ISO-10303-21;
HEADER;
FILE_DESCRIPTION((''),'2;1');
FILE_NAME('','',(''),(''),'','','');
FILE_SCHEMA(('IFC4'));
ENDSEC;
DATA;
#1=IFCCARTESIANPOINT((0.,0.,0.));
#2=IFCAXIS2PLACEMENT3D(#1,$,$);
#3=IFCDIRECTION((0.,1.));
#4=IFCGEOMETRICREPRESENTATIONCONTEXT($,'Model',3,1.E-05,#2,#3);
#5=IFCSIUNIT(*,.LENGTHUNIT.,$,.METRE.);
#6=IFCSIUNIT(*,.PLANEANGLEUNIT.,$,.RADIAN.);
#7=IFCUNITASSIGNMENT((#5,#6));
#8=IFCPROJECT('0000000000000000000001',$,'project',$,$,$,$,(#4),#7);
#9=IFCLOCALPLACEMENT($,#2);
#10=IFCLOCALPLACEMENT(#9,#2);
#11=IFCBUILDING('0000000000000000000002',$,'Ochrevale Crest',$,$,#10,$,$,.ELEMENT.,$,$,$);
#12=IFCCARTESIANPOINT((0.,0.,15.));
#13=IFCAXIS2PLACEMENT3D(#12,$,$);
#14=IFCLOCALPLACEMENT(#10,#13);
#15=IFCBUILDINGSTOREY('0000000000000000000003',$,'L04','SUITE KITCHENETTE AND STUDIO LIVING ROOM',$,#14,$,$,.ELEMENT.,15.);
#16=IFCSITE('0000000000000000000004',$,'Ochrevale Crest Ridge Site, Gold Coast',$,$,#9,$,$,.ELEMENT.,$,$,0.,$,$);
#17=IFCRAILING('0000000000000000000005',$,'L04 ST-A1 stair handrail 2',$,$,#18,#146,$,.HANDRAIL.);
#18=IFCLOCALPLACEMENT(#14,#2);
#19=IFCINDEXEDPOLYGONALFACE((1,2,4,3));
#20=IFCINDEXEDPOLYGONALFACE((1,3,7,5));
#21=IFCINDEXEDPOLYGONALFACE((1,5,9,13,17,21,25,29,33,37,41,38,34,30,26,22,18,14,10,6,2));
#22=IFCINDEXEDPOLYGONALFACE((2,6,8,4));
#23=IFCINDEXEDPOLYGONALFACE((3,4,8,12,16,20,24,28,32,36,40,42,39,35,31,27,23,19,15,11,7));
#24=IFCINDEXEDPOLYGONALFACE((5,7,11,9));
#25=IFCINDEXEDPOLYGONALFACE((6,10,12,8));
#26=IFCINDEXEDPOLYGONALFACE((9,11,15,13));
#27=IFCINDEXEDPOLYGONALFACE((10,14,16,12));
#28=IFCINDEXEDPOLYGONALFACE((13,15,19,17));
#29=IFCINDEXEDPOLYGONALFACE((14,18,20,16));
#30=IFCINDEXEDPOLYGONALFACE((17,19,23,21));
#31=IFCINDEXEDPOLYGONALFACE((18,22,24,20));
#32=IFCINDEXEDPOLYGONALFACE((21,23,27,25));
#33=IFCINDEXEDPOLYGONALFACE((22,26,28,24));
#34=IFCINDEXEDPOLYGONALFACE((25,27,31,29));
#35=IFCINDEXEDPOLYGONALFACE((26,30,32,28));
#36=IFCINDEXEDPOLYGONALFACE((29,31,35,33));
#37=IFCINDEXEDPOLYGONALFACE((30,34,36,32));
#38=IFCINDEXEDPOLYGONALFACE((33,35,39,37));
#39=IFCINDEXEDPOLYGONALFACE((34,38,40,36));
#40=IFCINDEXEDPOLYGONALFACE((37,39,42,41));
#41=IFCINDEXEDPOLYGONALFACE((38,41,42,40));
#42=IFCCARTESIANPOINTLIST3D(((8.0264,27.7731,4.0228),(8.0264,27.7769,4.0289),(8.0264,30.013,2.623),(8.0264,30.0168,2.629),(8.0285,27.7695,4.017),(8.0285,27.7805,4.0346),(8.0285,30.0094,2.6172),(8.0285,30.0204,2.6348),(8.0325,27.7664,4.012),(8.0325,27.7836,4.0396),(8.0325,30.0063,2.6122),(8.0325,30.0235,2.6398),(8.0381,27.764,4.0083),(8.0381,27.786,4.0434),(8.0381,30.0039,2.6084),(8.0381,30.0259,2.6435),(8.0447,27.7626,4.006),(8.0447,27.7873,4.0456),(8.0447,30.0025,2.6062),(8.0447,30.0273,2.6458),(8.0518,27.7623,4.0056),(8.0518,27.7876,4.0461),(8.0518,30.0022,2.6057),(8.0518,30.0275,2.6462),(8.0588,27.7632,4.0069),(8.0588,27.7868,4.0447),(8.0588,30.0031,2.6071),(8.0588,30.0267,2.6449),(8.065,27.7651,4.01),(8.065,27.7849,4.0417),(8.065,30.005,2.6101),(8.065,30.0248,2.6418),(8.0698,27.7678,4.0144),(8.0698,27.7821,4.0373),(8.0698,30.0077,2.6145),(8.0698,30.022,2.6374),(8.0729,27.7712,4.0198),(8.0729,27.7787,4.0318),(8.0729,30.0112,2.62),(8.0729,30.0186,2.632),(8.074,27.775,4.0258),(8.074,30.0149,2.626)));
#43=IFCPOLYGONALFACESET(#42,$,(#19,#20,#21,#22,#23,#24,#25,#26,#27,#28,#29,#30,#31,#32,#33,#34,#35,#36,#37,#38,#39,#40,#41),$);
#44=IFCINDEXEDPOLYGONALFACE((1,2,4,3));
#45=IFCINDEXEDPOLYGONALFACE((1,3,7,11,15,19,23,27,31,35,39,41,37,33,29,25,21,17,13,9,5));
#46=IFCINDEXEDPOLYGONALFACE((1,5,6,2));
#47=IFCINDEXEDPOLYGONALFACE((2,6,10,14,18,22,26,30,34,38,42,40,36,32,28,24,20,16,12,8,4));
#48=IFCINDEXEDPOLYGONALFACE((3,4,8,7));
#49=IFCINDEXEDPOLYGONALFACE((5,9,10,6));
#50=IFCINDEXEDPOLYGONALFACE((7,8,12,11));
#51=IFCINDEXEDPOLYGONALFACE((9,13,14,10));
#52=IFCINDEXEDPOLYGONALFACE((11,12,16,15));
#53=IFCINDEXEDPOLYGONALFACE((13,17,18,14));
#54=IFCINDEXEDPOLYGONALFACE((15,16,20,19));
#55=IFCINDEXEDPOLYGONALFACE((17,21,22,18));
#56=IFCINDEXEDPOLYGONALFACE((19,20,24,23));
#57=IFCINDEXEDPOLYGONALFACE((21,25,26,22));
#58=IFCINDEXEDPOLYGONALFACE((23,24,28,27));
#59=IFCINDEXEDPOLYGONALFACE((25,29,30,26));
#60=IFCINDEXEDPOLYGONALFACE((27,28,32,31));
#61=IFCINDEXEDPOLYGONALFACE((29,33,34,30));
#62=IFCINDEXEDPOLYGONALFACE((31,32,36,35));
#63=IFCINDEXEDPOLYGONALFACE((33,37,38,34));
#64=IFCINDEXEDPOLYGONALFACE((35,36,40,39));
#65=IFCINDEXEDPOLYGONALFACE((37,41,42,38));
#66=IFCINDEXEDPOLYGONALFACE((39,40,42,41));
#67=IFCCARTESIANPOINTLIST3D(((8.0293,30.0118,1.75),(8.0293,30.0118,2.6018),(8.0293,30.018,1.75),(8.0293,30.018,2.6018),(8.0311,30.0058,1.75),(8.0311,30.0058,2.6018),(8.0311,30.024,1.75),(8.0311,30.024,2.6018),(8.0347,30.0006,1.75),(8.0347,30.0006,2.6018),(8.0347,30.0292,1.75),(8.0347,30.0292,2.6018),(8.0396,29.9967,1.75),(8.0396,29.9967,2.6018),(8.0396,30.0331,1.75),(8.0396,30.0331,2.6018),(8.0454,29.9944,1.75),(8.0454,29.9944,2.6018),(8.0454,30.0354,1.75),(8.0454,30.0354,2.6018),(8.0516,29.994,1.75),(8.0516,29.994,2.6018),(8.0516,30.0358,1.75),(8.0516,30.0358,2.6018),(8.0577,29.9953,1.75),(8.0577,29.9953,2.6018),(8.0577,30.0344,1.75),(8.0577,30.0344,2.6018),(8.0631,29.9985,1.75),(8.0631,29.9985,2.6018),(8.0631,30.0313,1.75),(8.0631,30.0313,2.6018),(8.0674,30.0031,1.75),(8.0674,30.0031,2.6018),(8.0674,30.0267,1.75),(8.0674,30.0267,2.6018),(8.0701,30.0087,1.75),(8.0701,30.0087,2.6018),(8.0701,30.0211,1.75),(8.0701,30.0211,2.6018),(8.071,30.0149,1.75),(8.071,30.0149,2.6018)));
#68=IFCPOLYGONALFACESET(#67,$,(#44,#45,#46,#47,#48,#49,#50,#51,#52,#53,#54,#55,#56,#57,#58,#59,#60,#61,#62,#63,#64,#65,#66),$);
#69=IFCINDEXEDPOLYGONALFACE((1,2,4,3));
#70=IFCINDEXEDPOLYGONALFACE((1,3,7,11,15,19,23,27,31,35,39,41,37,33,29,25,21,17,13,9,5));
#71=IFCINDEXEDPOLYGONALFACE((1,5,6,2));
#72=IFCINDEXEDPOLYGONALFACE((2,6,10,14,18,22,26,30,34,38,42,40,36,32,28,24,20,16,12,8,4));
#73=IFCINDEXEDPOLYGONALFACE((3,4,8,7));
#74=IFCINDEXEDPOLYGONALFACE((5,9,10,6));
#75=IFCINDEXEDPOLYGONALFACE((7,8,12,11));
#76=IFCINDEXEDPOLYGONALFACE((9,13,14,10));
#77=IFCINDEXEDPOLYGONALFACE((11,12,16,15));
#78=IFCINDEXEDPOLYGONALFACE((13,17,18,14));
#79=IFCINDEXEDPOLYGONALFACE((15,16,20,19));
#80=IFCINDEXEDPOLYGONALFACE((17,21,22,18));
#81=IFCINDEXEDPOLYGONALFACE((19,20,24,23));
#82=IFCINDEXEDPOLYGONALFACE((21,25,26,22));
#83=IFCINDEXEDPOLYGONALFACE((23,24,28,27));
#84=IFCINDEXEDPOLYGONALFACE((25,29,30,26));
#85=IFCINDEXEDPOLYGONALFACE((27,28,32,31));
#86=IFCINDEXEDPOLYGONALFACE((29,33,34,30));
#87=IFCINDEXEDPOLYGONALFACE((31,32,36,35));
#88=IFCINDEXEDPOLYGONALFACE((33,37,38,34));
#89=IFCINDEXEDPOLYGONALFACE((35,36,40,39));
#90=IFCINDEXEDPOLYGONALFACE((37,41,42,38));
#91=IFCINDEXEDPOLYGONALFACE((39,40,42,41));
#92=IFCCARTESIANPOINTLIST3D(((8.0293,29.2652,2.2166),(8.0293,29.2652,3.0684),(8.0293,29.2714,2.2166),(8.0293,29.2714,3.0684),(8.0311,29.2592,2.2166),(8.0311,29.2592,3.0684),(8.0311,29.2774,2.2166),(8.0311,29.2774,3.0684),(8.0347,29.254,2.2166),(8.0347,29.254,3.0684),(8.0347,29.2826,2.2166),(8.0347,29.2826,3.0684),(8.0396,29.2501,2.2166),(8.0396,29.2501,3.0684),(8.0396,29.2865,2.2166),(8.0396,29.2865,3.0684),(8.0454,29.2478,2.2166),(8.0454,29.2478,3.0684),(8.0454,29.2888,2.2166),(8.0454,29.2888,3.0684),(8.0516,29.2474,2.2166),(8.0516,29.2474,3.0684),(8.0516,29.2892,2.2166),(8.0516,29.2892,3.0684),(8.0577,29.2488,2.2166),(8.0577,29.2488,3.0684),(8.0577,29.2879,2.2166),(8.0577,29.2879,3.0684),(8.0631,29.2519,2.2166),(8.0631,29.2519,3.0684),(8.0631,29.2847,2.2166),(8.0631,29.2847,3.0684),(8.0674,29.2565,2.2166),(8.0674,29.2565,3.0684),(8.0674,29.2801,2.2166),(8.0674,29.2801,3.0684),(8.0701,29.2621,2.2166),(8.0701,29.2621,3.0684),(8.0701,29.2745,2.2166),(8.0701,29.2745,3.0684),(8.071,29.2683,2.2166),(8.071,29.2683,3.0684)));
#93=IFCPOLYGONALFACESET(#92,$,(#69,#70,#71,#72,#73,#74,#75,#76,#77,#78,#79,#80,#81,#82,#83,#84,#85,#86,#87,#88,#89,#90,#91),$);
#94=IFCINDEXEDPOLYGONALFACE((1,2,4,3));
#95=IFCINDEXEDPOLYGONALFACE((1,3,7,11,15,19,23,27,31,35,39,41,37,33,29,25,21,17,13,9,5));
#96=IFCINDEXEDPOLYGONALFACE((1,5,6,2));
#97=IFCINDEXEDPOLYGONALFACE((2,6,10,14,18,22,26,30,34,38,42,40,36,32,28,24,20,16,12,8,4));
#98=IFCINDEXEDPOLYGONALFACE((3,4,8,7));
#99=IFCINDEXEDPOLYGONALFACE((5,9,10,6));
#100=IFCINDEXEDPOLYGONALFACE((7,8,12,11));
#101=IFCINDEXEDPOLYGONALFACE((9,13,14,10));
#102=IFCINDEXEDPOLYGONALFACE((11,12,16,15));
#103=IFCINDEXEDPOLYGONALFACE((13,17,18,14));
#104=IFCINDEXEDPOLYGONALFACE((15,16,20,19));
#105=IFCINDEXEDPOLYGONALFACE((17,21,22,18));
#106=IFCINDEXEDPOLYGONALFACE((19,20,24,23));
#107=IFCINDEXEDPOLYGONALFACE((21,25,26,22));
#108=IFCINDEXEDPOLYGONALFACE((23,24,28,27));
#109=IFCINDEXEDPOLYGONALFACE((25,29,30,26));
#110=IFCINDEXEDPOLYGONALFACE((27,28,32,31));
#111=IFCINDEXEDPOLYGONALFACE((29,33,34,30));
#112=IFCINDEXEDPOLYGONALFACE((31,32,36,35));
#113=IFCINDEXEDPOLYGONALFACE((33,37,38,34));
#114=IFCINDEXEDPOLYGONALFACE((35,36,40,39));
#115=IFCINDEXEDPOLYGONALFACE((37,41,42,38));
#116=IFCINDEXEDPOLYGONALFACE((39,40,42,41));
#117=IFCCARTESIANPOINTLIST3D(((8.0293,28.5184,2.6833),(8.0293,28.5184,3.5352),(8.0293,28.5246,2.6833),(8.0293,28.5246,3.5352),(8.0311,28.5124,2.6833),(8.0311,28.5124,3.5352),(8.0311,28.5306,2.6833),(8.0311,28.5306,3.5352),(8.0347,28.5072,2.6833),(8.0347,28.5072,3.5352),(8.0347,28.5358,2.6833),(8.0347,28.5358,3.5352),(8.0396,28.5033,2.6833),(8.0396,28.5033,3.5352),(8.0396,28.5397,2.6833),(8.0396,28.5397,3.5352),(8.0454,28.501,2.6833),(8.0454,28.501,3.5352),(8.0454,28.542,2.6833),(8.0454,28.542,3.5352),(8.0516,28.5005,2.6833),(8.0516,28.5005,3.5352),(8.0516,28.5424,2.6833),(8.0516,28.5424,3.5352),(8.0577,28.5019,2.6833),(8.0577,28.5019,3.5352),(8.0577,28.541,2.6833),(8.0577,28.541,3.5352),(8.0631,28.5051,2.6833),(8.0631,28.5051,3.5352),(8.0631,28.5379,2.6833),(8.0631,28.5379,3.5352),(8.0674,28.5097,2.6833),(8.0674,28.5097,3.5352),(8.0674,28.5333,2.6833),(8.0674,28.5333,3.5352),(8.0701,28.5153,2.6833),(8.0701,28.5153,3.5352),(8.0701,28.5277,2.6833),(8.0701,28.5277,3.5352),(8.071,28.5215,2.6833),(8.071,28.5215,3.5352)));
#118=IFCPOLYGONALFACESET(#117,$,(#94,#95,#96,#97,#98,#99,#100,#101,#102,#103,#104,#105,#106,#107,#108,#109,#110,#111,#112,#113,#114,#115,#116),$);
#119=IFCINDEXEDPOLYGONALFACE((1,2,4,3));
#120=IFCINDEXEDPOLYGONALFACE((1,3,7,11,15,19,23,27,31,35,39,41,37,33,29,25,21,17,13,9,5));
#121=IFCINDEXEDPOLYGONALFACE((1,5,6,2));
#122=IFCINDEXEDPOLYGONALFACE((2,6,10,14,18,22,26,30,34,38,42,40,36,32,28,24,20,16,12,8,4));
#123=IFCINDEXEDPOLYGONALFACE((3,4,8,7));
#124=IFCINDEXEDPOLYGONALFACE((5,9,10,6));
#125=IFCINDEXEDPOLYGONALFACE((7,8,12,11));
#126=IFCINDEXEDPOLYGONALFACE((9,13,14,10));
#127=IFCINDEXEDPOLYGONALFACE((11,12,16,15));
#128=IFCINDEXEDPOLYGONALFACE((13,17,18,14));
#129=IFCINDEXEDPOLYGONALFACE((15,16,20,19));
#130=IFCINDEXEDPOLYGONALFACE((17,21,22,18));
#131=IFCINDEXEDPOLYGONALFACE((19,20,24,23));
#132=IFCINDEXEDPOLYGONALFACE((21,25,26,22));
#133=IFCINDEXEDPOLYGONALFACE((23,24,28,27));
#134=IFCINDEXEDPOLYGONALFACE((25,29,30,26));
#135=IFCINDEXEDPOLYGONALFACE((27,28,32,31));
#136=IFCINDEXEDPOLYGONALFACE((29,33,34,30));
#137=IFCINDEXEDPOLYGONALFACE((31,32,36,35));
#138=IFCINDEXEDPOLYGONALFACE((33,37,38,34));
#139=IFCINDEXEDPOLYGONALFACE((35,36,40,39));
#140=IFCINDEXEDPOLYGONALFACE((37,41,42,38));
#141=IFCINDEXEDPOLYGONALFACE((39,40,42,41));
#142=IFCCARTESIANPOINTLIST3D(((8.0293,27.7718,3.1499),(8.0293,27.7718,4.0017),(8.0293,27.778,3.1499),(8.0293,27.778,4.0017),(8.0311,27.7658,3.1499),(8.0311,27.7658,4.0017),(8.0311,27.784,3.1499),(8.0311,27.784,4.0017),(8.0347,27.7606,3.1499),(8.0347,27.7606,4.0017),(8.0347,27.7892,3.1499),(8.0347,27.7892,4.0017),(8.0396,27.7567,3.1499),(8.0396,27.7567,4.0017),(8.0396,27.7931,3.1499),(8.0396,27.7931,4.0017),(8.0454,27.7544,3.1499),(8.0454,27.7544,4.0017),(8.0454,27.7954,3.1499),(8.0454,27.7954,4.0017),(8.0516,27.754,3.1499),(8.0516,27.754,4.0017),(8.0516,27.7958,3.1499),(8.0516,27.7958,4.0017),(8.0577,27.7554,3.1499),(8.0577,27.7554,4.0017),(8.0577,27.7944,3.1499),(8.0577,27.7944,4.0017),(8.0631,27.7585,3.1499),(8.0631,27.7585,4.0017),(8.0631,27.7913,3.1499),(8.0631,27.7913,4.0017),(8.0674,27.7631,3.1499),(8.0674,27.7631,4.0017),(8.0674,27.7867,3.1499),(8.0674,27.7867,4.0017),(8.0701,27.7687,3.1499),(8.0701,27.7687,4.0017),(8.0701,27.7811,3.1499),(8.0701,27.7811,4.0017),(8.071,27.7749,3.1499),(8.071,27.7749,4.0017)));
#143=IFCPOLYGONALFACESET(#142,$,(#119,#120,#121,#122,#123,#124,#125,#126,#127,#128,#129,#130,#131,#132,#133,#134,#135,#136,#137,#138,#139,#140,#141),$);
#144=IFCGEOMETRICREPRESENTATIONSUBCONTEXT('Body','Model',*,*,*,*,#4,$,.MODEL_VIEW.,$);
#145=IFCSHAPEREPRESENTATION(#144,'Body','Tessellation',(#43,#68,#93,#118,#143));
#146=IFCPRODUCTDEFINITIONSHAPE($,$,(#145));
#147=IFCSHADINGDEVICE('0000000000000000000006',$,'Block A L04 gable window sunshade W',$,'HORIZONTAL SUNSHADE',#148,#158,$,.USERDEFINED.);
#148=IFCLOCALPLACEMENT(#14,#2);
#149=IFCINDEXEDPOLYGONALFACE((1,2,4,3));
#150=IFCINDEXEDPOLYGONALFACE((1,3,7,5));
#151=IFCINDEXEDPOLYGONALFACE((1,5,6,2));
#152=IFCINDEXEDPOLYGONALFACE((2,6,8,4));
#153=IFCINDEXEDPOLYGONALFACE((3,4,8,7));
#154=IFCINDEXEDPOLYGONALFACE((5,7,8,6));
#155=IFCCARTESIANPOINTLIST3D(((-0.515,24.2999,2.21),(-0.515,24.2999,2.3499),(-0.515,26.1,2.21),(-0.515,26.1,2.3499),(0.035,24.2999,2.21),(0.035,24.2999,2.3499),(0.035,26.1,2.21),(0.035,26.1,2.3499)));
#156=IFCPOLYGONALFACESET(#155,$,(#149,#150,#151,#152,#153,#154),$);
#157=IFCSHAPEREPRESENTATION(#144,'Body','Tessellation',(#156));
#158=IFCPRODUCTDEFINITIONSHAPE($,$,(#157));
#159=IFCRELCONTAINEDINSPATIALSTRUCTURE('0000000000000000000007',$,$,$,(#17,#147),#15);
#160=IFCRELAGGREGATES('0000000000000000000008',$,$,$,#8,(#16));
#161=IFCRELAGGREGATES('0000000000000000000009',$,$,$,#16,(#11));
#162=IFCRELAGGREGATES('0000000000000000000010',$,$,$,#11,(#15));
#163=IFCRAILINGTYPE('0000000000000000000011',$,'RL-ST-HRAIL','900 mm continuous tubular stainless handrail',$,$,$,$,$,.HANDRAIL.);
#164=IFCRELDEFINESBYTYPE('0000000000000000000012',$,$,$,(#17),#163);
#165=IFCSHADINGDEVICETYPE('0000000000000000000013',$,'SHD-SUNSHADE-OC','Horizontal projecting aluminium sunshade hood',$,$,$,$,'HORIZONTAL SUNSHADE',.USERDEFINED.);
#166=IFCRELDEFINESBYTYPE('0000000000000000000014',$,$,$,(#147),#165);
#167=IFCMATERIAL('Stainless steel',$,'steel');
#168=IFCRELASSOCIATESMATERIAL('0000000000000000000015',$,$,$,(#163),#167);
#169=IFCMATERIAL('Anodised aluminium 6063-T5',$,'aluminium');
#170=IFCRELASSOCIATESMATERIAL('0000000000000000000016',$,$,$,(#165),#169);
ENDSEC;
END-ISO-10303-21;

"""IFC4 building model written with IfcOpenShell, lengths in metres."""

from ifc_helpers import new_model, si_unit, direction, frame, origin, origin_2d, place, context, subcontext, project, spatial, rectangle, circle, extrude, material, type_object, element, save


model = new_model("IFC4")

# Units and contexts
model_context = context("Model", 3, precision=1e-05, world=origin(), true_north=direction((0.0, 1.0)))
body_context = subcontext(model_context, "Body", "Model", "MODEL_VIEW")
ifc_project = project(units=[si_unit("LENGTHUNIT", "METRE"), si_unit("PLANEANGLEUNIT", "RADIAN")], contexts=[model_context])

# Site, building, storey
site_placement = place(None, origin())
site = spatial("IfcSite", under=ifc_project, at=site_placement, Name="Ochrevale Crest Ridge Site, Gold Coast", CompositionType="ELEMENT", RefElevation=0.0)
building_placement = place(site_placement, origin())
building = spatial("IfcBuilding", under=site, at=building_placement, Name="Ochrevale Crest", CompositionType="ELEMENT")
storey_placement = place(building_placement, frame((0.0, 0.0, 15.0)))
storey = spatial("IfcBuildingStorey", under=building, at=storey_placement, Name="L04", Description="SUITE KITCHENETTE AND STUDIO LIVING ROOM", CompositionType="ELEMENT", Elevation=15.0)

# Railing
ifc_material_1 = material(Name="Stainless steel", Category="steel")
railing_type = type_object("IfcRailingType", Name="RL-ST-HRAIL", Description="900 mm continuous tubular stainless handrail", PredefinedType="HANDRAIL", material=ifc_material_1)
railing_placement = place(storey_placement, frame((8.05, 30.0149, 1.75)))
element("IfcRailing", 1, at=railing_placement, inside=storey, type_object=railing_type, Name="L04 ST-A1 stair handrail 2", PredefinedType="HANDRAIL", context=body_context, shape_type="SweptSolid", body=[
    extrude(circle(Radius=0.0239, at=origin_2d()), frame((0.0, 0.0, 0.876), z_axis=(0.0, -0.848014, 0.529974), x_axis=(1.0, 0.0, 0.0)), (0.0, 0.0, 1.0), 2.6414),
    extrude(circle(Radius=0.021, at=origin_2d()), origin(), (0.0, 0.0, 1.0), 0.8518),
    extrude(circle(Radius=0.021, at=origin_2d()), frame((0.0, -0.7466, 0.4666)), (0.0, 0.0, 1.0), 0.8518),
    extrude(circle(Radius=0.021, at=origin_2d()), frame((0.0, -1.4934, 0.9333)), (0.0, 0.0, 1.0), 0.8518),
    extrude(circle(Radius=0.021, at=origin_2d()), frame((0.0, -2.24, 1.3999)), (0.0, 0.0, 1.0), 0.8518),
])

# Shading device
ifc_material_2 = material(Name="Anodised aluminium 6063-T5", Category="aluminium")
shading_device_type = type_object("IfcShadingDeviceType", Name="SHD-SUNSHADE-OC", Description="Horizontal projecting aluminium sunshade hood", ElementType="HORIZONTAL SUNSHADE", PredefinedType="USERDEFINED", material=ifc_material_2)
shading_device_placement = place(storey_placement, frame((-0.24, 25.2, 2.21), z_axis=(0.0, 0.0, 1.0), x_axis=(1.0, 0.0, 0.0)))
element("IfcShadingDevice", 2, at=shading_device_placement, inside=storey, type_object=shading_device_type, Name="Block A L04 gable window sunshade W", ObjectType="HORIZONTAL SUNSHADE", PredefinedType="USERDEFINED", context=body_context, shape_type="SweptSolid", body=[
    extrude(rectangle(XDim=0.55, YDim=1.8, at=origin_2d()), origin(), (0.0, 0.0, 1.0), 0.1399),
])

save(model, "model.ifc")
